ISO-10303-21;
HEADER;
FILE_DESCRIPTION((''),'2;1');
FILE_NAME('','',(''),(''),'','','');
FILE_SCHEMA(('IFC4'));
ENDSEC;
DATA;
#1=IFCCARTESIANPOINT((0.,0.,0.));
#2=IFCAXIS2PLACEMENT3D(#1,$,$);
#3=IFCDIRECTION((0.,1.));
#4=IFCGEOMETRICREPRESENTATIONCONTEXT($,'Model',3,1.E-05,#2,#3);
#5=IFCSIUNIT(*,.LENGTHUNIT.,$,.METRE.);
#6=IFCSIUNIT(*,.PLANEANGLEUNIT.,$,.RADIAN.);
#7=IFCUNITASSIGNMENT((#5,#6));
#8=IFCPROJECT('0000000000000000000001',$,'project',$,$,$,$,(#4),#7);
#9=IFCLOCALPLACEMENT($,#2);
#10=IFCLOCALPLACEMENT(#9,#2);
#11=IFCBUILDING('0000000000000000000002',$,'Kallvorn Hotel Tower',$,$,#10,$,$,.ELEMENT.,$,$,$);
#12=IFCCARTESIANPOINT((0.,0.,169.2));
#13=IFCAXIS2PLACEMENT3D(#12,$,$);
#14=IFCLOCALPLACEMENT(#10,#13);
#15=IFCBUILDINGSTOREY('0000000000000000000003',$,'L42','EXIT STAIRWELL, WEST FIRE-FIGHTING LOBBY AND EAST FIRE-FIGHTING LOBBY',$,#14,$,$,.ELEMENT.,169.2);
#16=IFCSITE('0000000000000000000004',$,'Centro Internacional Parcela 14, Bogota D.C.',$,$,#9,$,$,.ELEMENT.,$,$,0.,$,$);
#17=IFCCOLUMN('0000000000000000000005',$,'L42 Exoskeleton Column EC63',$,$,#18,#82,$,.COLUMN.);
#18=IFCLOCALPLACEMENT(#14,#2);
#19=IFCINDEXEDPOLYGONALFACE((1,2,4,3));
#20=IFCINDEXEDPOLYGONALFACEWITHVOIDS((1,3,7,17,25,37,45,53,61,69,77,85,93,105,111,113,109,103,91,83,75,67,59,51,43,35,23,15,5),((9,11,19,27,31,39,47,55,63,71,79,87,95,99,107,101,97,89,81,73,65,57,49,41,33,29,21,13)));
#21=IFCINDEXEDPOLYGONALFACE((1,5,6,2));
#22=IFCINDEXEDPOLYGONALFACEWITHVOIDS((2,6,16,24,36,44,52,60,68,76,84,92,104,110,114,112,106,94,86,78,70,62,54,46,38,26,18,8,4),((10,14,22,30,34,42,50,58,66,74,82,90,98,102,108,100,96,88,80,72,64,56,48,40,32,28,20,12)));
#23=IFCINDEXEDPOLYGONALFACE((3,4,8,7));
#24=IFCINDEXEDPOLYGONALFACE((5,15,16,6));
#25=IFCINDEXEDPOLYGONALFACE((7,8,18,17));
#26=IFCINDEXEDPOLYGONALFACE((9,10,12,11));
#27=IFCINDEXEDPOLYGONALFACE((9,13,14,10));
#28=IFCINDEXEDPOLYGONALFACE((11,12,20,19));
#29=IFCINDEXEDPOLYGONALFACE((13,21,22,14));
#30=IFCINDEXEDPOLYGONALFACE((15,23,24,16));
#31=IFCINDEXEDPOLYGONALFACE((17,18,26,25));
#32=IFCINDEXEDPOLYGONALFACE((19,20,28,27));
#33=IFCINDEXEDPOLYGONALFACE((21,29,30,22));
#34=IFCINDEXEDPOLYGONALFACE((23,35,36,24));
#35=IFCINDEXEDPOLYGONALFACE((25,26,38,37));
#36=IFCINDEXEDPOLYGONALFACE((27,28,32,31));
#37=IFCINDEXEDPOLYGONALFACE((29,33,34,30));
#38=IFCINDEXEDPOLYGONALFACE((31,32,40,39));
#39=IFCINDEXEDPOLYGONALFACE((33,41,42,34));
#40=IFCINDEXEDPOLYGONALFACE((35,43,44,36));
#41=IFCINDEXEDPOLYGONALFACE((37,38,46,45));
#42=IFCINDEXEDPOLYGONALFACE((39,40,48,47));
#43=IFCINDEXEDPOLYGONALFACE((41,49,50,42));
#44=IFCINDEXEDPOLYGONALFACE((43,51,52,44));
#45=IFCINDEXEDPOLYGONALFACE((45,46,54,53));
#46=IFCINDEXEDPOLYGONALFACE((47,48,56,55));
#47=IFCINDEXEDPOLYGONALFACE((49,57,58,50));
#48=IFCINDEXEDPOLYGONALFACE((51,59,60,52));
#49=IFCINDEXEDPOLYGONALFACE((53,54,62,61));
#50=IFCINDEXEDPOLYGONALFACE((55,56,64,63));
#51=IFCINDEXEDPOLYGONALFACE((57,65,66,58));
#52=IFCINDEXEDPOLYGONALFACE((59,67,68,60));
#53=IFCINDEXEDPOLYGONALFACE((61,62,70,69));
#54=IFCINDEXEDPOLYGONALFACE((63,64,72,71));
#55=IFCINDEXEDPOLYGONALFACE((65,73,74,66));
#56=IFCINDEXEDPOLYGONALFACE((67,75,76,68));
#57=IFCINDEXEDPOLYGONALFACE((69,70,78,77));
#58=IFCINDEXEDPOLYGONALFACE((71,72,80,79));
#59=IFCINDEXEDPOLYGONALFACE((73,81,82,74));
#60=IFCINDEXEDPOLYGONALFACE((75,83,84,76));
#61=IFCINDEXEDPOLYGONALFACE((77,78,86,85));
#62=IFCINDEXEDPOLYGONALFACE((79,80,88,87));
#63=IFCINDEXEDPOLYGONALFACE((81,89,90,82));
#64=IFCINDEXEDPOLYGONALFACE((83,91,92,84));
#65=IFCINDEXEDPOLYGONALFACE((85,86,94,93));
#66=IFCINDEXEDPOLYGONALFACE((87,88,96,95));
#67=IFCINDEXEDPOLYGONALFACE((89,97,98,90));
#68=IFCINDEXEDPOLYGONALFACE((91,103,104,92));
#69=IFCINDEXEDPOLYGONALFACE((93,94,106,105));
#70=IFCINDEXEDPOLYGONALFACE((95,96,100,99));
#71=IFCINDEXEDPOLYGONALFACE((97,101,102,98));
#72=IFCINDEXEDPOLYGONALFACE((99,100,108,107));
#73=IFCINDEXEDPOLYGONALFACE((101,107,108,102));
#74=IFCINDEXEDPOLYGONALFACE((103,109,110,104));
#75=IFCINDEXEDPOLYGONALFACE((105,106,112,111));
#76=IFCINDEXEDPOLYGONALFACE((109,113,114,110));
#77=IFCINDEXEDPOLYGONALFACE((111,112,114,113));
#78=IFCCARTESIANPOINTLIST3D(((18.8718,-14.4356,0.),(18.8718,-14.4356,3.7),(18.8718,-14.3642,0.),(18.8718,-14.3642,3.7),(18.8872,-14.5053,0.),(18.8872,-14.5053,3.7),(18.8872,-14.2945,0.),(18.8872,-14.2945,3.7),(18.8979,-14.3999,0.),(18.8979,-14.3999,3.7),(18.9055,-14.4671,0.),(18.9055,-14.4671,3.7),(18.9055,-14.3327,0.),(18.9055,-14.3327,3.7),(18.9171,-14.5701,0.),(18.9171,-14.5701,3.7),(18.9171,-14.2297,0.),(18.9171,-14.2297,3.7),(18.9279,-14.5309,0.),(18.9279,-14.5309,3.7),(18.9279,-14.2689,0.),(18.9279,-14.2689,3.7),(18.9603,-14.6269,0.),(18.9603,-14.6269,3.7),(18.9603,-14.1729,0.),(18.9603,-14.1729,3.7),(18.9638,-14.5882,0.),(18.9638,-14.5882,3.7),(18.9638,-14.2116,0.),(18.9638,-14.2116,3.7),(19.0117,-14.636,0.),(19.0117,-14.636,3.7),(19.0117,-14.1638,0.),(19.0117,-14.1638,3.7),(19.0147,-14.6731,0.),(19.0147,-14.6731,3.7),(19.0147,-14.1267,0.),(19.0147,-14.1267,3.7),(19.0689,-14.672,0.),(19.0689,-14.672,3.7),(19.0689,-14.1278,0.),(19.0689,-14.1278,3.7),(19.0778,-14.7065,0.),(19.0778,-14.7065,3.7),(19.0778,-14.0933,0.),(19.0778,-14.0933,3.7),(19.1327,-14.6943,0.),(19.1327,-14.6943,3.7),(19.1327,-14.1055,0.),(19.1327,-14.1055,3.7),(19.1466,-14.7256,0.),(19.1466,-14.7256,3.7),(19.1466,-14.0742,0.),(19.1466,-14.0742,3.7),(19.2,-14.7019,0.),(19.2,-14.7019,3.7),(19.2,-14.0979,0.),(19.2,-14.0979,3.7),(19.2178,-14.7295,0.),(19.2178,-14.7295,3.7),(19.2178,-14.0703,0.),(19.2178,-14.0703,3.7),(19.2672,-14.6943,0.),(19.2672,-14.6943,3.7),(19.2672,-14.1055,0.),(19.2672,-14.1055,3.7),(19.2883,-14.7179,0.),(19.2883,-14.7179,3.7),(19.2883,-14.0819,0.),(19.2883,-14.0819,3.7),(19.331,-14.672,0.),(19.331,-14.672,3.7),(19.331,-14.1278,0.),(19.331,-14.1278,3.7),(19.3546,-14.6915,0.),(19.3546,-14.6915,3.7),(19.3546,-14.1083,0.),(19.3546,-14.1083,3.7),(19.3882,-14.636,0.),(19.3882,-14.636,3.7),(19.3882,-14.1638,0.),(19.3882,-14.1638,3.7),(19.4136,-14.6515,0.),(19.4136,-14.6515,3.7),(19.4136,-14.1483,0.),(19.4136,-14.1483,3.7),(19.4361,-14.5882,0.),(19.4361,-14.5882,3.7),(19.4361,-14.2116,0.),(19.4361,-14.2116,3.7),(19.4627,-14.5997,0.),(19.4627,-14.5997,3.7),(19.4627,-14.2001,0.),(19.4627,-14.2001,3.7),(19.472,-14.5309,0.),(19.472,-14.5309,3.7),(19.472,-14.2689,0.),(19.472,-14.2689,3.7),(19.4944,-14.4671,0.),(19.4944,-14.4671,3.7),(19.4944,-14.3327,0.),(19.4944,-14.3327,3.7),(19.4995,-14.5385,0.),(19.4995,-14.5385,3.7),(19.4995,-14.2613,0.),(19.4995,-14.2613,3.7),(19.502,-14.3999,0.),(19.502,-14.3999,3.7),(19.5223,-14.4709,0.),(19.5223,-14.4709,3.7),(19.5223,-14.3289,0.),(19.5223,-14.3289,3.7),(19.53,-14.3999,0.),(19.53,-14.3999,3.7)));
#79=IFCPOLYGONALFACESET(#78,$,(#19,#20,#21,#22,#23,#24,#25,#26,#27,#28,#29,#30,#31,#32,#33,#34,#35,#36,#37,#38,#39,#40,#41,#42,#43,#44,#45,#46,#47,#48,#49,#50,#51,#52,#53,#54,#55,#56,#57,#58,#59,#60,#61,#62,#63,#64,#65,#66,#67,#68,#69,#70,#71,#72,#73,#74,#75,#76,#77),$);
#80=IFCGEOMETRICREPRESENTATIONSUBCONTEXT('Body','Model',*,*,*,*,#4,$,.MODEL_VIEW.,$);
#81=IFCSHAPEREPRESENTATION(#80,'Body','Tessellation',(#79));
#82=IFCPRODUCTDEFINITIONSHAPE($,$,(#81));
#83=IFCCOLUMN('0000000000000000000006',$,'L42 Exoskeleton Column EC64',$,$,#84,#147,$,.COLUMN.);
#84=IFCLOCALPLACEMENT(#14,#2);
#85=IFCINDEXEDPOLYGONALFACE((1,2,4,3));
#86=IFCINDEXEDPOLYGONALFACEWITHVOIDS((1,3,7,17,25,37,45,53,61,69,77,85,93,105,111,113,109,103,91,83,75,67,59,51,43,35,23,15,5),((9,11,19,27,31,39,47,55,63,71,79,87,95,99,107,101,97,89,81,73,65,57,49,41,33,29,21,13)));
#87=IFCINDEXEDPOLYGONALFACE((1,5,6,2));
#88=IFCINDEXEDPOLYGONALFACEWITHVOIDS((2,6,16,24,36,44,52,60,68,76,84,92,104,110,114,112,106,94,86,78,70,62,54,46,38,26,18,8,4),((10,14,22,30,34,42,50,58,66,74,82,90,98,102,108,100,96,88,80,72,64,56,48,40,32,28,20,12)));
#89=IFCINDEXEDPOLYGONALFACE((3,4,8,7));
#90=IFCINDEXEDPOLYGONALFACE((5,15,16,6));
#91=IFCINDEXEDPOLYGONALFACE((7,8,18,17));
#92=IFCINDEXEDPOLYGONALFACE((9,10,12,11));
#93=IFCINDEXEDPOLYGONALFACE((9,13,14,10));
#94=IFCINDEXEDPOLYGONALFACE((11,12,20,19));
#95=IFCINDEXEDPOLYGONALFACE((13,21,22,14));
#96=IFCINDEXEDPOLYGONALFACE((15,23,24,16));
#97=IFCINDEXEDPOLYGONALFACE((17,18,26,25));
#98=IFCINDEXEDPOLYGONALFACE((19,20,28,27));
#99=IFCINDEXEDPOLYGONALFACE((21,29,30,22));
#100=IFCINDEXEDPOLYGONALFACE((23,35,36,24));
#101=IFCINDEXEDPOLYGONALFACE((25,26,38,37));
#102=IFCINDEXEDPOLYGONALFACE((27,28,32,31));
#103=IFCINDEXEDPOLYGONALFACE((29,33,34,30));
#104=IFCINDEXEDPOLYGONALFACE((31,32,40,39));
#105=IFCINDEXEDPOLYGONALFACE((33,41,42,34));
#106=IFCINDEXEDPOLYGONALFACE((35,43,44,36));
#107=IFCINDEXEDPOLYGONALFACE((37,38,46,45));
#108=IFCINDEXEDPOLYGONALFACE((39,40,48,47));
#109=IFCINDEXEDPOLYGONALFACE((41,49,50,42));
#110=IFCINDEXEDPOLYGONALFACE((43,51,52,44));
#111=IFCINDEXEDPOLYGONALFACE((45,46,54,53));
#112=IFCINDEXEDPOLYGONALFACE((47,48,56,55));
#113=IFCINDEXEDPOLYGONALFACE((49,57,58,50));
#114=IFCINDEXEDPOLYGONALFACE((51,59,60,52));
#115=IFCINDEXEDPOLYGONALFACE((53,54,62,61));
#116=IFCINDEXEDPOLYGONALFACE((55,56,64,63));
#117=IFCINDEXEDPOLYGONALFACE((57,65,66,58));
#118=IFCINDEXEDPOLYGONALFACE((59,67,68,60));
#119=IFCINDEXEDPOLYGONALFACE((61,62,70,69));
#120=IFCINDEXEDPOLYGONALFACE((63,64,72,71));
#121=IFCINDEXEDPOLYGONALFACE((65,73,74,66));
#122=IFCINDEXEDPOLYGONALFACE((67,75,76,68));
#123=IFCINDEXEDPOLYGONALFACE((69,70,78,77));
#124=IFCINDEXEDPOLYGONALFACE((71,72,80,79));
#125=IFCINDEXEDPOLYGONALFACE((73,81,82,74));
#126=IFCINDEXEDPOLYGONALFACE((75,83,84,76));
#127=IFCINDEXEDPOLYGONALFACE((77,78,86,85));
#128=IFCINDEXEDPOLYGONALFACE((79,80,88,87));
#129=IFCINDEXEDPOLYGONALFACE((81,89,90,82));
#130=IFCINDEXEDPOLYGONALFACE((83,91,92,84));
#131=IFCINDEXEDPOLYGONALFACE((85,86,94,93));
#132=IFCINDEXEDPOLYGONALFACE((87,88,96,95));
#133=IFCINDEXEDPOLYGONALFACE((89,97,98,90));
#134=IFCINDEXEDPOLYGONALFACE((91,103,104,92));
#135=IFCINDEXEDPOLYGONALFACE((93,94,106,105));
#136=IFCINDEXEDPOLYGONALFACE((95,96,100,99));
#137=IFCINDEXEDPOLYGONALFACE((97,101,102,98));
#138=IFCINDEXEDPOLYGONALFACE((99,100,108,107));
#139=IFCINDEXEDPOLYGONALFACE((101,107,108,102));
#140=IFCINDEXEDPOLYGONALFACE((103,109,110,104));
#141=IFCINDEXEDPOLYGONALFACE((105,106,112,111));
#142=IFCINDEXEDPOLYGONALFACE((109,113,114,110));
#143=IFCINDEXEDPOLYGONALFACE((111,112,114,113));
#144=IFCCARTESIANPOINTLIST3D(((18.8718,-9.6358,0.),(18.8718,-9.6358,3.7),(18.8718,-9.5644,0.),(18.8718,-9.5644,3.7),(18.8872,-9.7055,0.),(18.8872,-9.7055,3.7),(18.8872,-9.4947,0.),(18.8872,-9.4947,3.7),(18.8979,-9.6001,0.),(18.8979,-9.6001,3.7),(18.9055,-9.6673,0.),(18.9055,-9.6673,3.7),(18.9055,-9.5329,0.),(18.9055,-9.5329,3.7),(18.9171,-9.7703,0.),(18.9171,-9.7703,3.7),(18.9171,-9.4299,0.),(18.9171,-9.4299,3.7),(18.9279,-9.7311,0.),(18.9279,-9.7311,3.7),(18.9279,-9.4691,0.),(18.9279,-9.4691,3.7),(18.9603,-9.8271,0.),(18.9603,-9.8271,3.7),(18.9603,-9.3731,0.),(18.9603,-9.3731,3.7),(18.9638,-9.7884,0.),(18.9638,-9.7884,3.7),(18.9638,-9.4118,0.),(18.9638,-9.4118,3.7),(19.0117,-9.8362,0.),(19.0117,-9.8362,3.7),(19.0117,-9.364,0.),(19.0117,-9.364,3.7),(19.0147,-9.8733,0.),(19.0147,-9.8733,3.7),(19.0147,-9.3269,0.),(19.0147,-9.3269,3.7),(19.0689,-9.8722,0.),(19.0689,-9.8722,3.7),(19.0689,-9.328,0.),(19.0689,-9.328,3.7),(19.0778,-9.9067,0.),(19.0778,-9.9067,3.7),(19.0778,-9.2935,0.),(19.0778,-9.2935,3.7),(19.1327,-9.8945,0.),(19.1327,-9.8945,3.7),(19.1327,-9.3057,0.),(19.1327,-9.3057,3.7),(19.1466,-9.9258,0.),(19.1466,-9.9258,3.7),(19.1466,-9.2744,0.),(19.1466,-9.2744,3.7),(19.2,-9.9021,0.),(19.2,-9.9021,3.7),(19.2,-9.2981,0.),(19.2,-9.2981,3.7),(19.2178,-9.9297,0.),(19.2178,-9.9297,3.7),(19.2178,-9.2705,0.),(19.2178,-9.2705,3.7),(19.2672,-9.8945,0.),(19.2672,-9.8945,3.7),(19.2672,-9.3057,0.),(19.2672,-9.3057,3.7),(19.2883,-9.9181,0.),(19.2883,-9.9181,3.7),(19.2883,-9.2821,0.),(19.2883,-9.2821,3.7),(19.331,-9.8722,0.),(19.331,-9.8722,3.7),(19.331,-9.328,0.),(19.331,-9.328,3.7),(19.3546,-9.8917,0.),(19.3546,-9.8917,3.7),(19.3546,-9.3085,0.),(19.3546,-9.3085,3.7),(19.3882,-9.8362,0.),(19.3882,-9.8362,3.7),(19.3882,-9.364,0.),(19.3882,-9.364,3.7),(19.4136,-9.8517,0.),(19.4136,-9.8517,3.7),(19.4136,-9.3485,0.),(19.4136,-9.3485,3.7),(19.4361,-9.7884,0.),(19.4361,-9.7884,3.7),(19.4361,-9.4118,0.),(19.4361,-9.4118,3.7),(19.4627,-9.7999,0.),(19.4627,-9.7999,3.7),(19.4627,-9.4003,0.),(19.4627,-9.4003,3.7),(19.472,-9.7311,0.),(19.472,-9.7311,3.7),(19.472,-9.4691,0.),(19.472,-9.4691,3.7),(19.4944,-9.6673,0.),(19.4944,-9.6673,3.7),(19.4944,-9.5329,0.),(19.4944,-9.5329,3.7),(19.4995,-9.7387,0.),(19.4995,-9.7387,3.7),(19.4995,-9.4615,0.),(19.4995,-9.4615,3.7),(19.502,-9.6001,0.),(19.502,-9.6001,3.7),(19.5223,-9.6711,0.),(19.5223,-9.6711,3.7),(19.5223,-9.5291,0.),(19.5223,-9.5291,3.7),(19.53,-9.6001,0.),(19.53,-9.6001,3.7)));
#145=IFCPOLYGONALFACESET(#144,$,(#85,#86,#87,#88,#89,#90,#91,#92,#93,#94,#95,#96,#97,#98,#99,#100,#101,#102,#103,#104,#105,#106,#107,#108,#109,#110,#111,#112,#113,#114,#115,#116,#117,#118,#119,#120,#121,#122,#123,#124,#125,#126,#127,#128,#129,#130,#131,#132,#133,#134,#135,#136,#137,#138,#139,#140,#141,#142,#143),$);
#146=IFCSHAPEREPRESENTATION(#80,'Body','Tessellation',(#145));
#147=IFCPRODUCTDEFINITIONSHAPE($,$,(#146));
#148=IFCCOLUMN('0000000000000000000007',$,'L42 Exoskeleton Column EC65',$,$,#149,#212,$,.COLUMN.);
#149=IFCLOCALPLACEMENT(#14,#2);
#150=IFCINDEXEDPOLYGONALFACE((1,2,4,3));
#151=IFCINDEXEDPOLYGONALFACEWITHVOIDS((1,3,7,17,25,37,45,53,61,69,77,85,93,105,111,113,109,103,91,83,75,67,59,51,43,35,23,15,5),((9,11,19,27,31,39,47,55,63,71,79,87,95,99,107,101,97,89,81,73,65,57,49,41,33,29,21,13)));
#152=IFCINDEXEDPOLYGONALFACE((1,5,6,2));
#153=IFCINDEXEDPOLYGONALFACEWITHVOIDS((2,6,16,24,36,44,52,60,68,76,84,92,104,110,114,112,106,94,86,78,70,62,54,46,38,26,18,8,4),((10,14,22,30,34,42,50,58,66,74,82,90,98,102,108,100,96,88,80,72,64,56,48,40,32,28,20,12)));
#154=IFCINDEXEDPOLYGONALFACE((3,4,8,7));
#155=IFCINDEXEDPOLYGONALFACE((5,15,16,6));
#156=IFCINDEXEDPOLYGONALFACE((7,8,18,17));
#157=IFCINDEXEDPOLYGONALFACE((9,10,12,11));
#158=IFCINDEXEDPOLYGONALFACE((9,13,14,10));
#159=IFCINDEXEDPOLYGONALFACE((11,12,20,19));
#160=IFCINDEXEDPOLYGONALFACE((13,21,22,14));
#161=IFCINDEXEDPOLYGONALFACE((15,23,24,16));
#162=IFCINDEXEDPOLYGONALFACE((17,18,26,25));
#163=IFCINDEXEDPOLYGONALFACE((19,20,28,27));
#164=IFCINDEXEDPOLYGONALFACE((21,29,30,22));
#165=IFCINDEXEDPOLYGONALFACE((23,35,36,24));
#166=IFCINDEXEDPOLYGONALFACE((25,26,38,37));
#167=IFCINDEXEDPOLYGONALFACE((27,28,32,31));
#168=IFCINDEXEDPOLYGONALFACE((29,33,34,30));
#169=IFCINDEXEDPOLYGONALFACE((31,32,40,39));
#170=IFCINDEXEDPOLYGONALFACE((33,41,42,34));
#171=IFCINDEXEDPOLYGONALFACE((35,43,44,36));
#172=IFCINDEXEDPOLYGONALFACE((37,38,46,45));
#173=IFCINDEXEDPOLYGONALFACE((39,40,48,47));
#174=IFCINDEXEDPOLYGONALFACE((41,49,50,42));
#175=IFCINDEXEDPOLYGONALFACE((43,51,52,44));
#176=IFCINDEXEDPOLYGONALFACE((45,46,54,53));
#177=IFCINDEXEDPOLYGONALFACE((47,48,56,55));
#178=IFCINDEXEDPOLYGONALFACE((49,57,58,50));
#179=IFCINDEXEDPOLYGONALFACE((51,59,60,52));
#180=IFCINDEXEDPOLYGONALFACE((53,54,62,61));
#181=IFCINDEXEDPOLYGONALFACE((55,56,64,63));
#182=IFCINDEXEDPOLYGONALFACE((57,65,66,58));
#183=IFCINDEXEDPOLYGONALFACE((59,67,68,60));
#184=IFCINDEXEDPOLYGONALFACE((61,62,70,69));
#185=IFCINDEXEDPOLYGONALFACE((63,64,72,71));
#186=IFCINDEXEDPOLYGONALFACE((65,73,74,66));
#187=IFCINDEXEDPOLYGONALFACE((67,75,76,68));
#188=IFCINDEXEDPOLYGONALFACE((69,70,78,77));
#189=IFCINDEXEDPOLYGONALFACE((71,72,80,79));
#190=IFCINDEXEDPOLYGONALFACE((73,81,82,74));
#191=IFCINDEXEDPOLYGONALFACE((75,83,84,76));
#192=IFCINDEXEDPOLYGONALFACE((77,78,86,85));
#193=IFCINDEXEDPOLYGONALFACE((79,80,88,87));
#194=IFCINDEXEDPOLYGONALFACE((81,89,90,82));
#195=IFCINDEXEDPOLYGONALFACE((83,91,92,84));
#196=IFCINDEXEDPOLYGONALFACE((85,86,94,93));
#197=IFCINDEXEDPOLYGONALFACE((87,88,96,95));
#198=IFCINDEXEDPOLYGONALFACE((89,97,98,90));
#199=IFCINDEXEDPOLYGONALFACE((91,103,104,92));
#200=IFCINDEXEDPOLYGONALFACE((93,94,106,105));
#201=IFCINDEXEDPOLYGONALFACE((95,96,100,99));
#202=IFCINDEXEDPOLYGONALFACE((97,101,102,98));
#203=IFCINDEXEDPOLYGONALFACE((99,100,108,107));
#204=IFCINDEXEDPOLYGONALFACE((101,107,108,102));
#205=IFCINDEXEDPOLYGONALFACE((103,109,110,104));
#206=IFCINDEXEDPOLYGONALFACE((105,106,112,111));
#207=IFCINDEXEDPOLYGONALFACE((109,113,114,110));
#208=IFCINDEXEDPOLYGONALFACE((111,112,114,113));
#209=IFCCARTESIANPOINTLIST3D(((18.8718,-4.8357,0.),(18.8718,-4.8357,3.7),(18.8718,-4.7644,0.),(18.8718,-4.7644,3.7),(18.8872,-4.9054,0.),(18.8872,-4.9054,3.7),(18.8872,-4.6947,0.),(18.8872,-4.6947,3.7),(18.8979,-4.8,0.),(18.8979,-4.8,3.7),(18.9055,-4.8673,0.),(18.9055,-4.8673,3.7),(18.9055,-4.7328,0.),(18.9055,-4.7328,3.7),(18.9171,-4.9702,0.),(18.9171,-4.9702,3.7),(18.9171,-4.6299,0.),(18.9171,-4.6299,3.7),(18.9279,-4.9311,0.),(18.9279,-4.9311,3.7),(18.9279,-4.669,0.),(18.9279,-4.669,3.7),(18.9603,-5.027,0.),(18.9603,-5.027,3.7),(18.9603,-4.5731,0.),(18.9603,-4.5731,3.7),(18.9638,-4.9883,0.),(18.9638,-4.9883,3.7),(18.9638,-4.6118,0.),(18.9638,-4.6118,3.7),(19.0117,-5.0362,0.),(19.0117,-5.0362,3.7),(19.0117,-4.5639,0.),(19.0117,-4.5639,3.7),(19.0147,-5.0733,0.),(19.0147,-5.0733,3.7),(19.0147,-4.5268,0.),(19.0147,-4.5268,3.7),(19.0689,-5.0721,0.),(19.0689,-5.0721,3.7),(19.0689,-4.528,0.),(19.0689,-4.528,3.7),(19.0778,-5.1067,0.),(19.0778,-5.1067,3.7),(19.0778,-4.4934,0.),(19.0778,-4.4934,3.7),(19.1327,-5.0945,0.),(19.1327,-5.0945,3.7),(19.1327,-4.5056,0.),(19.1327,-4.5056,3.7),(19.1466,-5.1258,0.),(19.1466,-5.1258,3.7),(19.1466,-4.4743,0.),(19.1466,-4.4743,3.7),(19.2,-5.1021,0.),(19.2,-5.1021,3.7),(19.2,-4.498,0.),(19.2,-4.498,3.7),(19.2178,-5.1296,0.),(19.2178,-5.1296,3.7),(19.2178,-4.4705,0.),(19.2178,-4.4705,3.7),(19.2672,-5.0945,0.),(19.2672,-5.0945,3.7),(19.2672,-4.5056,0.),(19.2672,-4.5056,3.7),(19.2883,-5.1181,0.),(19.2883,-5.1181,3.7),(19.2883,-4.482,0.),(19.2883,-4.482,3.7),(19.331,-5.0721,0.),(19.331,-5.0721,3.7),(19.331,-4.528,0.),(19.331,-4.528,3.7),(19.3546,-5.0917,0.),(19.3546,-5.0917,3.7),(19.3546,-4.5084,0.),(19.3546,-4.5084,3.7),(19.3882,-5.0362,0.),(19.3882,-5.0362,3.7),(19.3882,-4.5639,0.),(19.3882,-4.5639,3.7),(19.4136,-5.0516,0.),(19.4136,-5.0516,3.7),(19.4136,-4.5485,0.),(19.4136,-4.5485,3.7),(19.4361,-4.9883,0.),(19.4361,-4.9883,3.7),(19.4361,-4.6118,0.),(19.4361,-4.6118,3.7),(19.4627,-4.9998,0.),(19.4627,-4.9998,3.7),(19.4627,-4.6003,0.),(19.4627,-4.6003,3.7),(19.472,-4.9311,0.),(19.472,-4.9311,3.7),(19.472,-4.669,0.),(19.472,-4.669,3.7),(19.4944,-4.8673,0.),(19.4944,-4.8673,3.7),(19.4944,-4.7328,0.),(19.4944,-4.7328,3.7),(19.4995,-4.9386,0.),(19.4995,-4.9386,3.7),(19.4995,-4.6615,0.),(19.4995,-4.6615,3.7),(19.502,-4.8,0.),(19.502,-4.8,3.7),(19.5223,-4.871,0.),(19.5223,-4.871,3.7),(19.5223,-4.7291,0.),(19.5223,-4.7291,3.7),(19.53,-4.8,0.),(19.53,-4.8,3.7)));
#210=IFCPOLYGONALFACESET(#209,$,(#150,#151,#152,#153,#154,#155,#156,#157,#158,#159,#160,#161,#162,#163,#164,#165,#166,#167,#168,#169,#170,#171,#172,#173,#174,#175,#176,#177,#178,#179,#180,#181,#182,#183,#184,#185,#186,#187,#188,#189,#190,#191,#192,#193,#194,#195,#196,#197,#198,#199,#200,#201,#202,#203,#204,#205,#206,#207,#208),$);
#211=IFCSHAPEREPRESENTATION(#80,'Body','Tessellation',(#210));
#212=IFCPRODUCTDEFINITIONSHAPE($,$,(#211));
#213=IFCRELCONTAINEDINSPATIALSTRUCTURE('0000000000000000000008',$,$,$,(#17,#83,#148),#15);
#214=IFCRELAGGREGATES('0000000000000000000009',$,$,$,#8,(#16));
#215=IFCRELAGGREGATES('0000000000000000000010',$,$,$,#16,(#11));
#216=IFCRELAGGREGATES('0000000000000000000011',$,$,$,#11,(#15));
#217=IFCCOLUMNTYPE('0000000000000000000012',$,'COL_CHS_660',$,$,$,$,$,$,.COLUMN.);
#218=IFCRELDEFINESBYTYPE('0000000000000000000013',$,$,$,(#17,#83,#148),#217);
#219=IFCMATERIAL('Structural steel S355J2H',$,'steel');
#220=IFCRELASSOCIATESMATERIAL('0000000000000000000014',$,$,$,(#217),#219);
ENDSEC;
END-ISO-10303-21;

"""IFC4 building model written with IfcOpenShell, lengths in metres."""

from ifc_helpers import new_model, si_unit, direction, frame, origin, origin_2d, place, context, subcontext, project, spatial, hollow_circle, extrude, material, material_profile, profile_set, type_object, element, save


model = new_model("IFC4")

# Units and contexts
model_context = context("Model", 3, precision=1e-05, world=origin(), true_north=direction((0.0, 1.0)))
body_context = subcontext(model_context, "Body", "Model", "MODEL_VIEW")
ifc_project = project(units=[si_unit("LENGTHUNIT", "METRE"), si_unit("PLANEANGLEUNIT", "RADIAN")], contexts=[model_context])

# Site, building, storey
site_placement = place(None, origin())
site = spatial("IfcSite", under=ifc_project, at=site_placement, Name="Centro Internacional Parcela 14, Bogota D.C.", CompositionType="ELEMENT", RefElevation=0.0)
building_placement = place(site_placement, origin())
building = spatial("IfcBuilding", under=site, at=building_placement, Name="Kallvorn Hotel Tower", CompositionType="ELEMENT")
storey_placement = place(building_placement, frame((0.0, 0.0, 169.2)))
storey = spatial("IfcBuildingStorey", under=building, at=storey_placement, Name="L42", Description="EXIT STAIRWELL, WEST FIRE-FIGHTING LOBBY AND EAST FIRE-FIGHTING LOBBY", CompositionType="ELEMENT", Elevation=169.2)

# Columns
ifc_material_1 = material(Name="Structural steel S355J2H", Category="steel")
ifc_material_profile_1 = material_profile(ifc_material_1, hollow_circle(Radius=0.3301, WallThickness=0.0281, at=origin_2d()), Name="CHS 660x28")
ifc_profile_set_1 = profile_set([ifc_material_profile_1], Name="Structural steel S355J2H")
column_type_1 = type_object("IfcColumnType", Name="COL_CHS_660", PredefinedType="COLUMN", material=ifc_profile_set_1)
for number, where, z_axis, x_axis, name in (
    (1, (19.2, -14.3999, 0.0), (0.0, 0.0, 1.0), (1.0, 0.0, 0.0), "L42 Exoskeleton Column EC63"),
    (2, (19.2, -9.6001, 0.0), (0.0, 0.0, 1.0), (1.0, 0.0, 0.0), "L42 Exoskeleton Column EC64"),
    (3, (19.2, -4.8, 0.0), (0.0, 0.0, 1.0), (1.0, 0.0, 0.0), "L42 Exoskeleton Column EC65"),
):
    element("IfcColumn", number, at=place(storey_placement, frame(where, z_axis=z_axis, x_axis=x_axis)), inside=storey, type_object=column_type_1, Name=name, PredefinedType="COLUMN", context=body_context, shape_type="SweptSolid", body=[
        extrude(hollow_circle(Radius=0.3301, WallThickness=0.0281, at=origin_2d()), origin(), (0.0, 0.0, 1.0), 3.7),
    ])

save(model, "model.ifc")
